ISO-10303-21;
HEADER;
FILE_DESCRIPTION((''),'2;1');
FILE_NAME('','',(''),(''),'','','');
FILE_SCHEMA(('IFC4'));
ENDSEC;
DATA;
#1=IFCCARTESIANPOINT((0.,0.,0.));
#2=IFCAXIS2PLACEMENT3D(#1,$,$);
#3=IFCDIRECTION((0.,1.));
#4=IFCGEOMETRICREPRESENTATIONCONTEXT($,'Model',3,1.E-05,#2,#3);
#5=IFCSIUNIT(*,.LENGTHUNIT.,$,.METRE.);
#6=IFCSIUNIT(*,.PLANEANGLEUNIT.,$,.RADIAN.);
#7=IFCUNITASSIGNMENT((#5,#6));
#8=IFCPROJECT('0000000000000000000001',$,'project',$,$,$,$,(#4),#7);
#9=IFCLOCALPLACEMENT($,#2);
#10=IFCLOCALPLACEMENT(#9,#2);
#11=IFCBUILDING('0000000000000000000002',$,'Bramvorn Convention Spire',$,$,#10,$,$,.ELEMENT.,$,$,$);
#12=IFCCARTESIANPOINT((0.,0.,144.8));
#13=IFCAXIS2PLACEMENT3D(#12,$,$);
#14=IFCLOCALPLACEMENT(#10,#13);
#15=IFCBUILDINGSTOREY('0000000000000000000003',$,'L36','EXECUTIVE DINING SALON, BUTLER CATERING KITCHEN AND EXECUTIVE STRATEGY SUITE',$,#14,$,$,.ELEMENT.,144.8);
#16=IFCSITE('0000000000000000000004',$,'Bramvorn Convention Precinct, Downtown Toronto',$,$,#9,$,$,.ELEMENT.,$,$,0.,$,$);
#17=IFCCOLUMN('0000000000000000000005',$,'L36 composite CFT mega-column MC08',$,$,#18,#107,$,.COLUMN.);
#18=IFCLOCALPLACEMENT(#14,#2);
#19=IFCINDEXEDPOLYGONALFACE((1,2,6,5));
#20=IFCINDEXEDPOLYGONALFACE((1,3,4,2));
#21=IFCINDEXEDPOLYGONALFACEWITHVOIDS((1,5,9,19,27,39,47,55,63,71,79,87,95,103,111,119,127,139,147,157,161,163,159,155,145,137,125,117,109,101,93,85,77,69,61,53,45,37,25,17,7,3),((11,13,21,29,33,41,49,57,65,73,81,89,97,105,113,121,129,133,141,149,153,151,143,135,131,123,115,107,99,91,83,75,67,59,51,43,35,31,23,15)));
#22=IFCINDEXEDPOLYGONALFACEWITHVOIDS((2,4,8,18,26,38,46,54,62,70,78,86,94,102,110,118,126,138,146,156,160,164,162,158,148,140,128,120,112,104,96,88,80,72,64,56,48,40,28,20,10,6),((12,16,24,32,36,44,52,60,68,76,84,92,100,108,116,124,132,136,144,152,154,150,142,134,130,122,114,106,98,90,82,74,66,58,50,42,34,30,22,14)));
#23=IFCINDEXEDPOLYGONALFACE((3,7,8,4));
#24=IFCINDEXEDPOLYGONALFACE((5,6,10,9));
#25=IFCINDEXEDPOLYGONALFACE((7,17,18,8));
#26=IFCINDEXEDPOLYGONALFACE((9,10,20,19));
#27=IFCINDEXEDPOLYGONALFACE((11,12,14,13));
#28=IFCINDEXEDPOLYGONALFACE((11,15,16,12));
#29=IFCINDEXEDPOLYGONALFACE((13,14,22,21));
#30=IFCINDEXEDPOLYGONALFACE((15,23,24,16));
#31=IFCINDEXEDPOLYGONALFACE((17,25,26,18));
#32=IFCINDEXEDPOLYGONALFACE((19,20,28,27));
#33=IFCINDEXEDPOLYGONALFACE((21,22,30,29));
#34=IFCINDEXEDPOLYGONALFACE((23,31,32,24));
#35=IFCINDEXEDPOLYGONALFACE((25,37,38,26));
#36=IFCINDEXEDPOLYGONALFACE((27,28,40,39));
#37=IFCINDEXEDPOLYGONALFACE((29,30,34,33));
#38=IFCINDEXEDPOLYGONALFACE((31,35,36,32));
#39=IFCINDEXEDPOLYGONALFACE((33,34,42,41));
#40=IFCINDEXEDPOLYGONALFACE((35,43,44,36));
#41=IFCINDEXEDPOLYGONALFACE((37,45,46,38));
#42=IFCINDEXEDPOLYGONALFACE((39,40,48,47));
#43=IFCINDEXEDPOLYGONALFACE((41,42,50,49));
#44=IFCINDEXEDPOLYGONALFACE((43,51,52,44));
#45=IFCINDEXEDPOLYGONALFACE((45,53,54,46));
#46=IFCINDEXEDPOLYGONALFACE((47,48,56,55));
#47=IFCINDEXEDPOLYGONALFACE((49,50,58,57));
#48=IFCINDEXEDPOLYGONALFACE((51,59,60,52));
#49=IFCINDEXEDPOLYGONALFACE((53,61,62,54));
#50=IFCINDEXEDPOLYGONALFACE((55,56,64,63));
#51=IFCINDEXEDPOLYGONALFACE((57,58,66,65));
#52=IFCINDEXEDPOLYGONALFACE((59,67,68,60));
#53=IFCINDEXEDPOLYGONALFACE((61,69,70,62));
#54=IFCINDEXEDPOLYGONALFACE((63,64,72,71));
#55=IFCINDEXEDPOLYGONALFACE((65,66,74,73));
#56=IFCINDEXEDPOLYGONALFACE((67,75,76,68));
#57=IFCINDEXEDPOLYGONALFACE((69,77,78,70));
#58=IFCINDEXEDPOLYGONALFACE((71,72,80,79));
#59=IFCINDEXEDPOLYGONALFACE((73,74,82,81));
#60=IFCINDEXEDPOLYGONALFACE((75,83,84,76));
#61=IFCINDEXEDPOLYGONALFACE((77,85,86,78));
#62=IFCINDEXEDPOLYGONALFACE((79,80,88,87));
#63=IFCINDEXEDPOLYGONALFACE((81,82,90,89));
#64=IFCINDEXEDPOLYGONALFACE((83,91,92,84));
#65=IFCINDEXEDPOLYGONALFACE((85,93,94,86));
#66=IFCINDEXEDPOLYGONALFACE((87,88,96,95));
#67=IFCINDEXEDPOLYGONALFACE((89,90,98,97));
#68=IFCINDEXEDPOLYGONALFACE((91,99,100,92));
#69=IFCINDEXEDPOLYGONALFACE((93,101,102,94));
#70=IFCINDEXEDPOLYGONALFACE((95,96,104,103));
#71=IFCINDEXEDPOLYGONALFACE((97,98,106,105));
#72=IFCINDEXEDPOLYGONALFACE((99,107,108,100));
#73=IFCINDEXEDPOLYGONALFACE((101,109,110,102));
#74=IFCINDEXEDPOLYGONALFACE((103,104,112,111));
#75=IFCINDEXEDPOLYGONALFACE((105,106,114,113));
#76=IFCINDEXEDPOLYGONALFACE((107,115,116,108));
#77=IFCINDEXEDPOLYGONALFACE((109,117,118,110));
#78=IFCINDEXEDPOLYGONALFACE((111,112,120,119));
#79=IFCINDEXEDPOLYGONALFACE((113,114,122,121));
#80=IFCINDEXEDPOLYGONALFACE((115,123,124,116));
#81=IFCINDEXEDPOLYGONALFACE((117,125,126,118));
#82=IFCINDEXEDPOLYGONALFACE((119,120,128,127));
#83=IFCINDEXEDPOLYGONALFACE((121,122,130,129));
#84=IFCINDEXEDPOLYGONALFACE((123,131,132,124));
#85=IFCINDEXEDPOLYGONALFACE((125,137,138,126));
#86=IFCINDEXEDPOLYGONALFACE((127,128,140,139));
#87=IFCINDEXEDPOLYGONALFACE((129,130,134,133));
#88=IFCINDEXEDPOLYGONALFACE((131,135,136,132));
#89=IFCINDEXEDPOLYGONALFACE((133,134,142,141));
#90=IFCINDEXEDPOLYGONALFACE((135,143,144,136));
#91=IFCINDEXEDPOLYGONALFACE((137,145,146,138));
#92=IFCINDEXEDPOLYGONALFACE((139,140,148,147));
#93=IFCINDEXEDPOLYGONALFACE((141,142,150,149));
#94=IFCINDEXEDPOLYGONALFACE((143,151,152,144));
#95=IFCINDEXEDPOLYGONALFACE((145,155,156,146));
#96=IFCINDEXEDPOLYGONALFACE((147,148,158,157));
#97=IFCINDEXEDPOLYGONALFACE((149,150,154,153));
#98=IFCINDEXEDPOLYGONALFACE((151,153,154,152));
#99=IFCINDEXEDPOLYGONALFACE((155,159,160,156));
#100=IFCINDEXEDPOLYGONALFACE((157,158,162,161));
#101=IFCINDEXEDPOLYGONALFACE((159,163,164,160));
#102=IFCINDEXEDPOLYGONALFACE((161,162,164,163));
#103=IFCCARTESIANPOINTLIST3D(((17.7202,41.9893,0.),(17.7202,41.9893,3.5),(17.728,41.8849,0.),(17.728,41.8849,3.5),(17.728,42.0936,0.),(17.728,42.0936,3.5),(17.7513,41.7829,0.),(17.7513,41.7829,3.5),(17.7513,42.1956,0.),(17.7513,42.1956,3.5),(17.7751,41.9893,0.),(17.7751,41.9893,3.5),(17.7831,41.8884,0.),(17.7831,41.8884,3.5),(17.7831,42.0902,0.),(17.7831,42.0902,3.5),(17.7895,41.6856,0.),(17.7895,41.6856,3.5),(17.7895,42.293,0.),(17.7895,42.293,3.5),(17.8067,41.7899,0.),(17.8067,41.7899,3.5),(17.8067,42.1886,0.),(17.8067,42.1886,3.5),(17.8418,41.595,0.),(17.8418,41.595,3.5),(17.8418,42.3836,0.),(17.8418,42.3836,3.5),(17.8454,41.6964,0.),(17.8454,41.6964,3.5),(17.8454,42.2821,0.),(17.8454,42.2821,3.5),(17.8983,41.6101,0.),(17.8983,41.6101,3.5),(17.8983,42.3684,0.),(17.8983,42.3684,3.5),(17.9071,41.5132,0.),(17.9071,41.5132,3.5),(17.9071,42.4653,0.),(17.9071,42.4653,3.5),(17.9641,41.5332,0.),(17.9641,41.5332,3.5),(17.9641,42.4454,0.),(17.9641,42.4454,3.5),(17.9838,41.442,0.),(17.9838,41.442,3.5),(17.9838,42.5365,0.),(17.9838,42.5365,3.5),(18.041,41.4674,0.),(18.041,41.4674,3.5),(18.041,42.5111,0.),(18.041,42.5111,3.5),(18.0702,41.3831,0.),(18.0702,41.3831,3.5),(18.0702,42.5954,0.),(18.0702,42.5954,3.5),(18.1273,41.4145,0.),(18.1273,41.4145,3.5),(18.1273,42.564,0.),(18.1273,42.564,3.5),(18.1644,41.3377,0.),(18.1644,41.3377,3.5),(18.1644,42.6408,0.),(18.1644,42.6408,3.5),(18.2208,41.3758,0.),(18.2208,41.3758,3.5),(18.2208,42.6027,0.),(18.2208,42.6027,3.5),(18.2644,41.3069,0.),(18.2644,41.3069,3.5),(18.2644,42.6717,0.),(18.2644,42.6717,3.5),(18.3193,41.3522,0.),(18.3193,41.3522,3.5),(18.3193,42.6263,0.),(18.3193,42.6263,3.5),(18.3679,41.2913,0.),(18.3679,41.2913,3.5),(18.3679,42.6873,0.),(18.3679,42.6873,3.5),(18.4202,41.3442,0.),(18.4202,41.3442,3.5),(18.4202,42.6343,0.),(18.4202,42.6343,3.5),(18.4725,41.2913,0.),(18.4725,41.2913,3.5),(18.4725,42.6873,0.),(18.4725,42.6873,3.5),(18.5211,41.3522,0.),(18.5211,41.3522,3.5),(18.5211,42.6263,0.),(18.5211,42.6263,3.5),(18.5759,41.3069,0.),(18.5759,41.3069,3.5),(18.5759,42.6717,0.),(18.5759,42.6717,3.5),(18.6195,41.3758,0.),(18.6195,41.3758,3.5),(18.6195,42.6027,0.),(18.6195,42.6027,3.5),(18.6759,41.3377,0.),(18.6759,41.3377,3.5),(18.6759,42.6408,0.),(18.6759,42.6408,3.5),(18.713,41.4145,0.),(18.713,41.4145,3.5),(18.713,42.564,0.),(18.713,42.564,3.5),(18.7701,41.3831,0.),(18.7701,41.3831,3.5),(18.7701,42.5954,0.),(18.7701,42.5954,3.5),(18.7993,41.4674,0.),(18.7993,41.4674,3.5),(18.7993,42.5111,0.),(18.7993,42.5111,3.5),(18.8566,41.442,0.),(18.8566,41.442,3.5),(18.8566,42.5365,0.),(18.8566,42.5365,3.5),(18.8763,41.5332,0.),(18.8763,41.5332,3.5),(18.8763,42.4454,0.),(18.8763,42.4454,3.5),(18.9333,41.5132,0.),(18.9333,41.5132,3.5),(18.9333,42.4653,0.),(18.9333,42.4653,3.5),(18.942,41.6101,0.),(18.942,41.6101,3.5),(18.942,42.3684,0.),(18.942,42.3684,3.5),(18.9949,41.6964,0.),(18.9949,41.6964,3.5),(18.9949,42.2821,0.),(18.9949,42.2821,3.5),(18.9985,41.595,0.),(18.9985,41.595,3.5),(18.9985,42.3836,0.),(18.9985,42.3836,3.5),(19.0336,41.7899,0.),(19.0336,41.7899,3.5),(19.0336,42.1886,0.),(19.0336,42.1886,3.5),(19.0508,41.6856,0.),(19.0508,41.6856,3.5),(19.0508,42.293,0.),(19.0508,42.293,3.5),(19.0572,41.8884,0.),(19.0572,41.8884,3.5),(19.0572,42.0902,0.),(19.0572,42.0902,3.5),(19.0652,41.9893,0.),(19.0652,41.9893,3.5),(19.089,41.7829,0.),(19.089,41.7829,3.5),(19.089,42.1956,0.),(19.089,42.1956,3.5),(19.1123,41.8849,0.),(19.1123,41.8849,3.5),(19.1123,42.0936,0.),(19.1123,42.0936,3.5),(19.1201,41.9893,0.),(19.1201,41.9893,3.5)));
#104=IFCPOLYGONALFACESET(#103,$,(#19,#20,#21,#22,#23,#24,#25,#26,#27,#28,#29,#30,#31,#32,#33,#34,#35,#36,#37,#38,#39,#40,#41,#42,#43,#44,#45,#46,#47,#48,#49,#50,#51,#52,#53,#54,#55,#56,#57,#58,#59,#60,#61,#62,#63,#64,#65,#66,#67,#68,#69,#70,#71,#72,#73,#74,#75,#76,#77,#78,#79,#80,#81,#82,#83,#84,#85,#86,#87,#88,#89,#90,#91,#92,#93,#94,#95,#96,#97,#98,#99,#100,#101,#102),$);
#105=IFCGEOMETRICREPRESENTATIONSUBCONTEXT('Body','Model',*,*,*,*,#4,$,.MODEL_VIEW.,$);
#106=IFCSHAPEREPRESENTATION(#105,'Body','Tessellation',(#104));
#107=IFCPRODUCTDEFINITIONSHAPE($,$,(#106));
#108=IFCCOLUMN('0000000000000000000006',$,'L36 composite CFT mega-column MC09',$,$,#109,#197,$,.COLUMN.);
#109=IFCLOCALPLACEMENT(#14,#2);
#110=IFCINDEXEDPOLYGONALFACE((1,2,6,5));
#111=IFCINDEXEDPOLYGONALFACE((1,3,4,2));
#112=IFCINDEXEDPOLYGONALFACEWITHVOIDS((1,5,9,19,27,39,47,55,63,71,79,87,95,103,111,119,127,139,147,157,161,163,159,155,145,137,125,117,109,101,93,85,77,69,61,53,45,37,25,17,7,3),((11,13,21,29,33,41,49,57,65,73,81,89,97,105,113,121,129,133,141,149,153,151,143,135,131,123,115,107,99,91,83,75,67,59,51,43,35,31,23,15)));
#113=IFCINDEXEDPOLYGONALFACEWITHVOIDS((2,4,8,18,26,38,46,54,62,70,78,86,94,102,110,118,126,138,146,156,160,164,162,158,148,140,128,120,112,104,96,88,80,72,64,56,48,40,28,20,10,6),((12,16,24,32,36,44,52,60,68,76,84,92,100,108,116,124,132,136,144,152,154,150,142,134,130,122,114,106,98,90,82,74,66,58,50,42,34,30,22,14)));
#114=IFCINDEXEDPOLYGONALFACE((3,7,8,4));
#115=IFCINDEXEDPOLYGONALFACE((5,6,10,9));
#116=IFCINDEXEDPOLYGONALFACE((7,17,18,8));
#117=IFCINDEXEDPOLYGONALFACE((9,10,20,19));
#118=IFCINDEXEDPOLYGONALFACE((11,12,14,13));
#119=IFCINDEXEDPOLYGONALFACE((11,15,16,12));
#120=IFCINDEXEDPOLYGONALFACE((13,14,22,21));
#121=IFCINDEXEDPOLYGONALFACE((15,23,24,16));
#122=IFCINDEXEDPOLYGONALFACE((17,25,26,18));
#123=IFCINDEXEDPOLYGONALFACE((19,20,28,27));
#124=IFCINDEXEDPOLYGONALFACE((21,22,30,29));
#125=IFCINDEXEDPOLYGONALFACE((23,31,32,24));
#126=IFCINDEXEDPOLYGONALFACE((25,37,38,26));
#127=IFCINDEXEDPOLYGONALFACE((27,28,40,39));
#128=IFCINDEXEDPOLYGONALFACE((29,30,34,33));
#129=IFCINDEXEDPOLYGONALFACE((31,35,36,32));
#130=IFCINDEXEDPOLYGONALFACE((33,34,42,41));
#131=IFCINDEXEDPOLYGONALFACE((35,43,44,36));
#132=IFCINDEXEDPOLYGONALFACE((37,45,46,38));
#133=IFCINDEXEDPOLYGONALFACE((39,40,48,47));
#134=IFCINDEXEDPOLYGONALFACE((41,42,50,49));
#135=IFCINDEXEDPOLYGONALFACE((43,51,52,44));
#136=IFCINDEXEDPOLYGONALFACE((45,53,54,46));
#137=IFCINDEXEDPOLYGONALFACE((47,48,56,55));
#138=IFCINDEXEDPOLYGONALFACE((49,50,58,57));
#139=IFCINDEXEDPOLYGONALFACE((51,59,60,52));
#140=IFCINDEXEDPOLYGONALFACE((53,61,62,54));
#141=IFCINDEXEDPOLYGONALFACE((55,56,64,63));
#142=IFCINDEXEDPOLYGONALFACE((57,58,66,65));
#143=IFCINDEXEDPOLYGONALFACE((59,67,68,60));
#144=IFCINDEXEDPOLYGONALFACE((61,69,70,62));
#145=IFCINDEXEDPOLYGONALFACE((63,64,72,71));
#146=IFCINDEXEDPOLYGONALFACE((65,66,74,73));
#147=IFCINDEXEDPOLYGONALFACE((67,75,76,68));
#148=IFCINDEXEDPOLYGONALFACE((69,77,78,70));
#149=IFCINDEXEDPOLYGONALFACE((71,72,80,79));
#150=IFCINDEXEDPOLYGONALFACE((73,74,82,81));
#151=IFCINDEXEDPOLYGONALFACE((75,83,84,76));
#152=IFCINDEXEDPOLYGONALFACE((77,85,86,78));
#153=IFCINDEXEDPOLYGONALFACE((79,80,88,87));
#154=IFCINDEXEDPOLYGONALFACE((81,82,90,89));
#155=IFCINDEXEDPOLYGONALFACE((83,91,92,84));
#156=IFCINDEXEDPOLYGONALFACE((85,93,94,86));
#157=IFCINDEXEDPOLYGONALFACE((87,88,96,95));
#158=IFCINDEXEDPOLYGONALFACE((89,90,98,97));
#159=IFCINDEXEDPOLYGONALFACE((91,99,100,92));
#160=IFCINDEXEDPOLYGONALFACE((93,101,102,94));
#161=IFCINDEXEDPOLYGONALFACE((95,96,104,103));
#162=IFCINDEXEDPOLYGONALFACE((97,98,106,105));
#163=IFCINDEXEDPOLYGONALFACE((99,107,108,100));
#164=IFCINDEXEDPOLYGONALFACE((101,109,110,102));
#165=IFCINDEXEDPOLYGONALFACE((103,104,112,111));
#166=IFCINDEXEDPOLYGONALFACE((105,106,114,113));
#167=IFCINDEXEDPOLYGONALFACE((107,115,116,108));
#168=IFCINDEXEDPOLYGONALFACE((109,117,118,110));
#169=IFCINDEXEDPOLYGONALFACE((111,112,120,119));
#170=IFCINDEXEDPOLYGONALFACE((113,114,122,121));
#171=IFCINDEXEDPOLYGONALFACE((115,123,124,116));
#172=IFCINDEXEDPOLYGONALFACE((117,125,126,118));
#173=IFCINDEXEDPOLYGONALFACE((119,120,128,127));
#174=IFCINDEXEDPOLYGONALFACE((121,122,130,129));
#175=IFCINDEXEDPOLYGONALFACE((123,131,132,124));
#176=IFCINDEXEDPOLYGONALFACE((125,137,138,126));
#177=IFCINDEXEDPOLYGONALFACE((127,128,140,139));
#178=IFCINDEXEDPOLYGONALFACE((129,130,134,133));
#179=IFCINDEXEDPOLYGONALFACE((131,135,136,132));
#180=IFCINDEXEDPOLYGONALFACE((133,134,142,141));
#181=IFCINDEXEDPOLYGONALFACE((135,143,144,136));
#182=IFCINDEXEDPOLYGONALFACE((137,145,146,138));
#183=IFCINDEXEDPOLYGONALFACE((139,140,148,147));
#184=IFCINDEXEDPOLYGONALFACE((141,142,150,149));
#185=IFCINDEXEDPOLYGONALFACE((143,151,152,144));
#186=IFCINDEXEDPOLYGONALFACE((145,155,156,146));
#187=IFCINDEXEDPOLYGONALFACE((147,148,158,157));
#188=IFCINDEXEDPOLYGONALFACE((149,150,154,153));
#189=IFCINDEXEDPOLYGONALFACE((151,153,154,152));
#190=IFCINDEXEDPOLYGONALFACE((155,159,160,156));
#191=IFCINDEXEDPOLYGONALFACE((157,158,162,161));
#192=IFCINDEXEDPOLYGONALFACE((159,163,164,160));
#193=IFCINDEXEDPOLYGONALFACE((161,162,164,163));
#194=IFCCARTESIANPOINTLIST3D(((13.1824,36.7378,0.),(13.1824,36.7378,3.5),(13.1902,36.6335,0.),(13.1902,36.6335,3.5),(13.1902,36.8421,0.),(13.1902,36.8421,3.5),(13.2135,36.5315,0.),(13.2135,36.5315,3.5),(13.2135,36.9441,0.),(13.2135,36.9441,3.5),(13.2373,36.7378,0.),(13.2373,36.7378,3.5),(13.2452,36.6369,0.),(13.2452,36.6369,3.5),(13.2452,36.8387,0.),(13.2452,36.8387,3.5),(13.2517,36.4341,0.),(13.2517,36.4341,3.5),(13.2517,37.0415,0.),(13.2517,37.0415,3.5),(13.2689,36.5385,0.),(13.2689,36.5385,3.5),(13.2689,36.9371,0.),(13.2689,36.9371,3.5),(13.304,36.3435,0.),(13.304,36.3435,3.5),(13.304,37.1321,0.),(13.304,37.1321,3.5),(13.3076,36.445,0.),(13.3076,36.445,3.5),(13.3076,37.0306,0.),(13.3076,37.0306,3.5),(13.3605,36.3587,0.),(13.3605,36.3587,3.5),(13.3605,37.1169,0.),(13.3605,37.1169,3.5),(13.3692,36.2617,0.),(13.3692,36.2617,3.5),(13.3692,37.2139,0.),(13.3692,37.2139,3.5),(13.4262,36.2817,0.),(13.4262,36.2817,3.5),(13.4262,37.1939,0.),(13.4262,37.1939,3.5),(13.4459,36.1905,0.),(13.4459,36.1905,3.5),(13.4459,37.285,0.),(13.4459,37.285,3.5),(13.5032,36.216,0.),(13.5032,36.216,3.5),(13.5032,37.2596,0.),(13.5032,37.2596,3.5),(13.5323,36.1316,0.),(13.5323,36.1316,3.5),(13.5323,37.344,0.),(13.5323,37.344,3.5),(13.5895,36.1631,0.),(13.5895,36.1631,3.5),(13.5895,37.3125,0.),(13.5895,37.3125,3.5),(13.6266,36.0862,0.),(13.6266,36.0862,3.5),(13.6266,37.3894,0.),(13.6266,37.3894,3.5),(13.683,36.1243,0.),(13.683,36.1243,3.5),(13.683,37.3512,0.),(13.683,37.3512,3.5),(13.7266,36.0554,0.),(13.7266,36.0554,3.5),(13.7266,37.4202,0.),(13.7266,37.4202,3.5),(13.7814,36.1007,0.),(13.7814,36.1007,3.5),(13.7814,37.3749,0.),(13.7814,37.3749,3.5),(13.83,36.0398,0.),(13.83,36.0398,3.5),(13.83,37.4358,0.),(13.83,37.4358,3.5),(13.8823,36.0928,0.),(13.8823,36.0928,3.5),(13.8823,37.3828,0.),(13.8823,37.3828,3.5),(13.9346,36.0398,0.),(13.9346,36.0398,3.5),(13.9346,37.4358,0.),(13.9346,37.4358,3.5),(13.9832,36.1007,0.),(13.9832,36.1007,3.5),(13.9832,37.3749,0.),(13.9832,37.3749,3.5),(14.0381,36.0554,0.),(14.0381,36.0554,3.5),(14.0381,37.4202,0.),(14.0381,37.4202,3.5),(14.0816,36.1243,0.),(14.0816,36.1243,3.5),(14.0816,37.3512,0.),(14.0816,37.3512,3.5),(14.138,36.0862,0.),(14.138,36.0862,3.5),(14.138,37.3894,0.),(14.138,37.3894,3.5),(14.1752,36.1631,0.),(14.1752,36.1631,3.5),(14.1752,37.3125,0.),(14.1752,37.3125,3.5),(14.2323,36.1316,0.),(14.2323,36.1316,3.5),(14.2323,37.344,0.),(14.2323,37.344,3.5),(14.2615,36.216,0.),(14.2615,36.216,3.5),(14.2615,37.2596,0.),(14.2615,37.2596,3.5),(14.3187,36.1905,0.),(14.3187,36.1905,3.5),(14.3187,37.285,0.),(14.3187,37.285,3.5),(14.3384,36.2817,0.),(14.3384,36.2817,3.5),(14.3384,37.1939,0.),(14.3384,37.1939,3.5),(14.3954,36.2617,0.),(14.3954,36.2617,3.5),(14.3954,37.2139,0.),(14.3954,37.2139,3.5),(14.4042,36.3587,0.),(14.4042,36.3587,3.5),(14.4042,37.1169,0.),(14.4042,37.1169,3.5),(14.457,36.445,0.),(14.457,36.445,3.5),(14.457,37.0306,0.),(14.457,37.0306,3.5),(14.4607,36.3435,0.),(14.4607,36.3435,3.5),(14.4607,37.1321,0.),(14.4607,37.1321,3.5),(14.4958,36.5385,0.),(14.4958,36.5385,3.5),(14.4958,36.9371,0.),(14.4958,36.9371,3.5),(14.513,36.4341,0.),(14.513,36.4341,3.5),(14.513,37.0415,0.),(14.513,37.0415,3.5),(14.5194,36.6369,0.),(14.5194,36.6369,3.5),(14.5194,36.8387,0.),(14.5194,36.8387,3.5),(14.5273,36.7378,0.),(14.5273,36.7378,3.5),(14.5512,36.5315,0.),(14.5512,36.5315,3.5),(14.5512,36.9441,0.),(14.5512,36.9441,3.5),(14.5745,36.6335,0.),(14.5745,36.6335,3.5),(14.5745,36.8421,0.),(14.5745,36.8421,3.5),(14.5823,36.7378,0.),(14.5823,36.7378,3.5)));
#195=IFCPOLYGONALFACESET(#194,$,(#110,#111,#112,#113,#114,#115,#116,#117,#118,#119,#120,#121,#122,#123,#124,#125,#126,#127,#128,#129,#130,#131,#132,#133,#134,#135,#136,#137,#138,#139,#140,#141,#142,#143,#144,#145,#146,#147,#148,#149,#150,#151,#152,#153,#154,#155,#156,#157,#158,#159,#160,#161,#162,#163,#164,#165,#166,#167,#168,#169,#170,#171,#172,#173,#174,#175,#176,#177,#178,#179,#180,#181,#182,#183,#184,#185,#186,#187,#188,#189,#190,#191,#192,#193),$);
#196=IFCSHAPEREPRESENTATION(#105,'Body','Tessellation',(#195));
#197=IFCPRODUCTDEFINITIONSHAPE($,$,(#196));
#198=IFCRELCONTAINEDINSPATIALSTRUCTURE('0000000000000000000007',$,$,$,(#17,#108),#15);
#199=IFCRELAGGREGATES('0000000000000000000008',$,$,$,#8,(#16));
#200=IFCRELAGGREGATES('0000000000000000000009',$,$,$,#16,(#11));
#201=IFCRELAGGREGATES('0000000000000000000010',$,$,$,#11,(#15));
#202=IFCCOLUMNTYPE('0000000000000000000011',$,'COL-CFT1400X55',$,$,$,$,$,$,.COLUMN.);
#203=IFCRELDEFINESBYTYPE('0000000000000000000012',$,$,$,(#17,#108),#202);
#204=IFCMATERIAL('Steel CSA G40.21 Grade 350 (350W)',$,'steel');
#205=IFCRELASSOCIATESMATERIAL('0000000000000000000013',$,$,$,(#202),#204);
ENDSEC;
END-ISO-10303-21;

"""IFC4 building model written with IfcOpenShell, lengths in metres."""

from ifc_helpers import new_model, si_unit, direction, frame, origin, origin_2d, place, context, subcontext, project, spatial, hollow_circle, extrude, material, material_profile, profile_set, type_object, element, save


model = new_model("IFC4")

# Units and contexts
model_context = context("Model", 3, precision=1e-05, world=origin(), true_north=direction((0.0, 1.0)))
body_context = subcontext(model_context, "Body", "Model", "MODEL_VIEW")
ifc_project = project(units=[si_unit("LENGTHUNIT", "METRE"), si_unit("PLANEANGLEUNIT", "RADIAN")], contexts=[model_context])

# Site, building, storey
site_placement = place(None, origin())
site = spatial("IfcSite", under=ifc_project, at=site_placement, Name="Bramvorn Convention Precinct, Downtown Toronto", CompositionType="ELEMENT", RefElevation=0.0)
building_placement = place(site_placement, origin())
building = spatial("IfcBuilding", under=site, at=building_placement, Name="Bramvorn Convention Spire", CompositionType="ELEMENT")
storey_placement = place(building_placement, frame((0.0, 0.0, 144.8)))
storey = spatial("IfcBuildingStorey", under=building, at=storey_placement, Name="L36", Description="EXECUTIVE DINING SALON, BUTLER CATERING KITCHEN AND EXECUTIVE STRATEGY SUITE", CompositionType="ELEMENT", Elevation=144.8)

# Columns
ifc_material_1 = material(Name="Steel CSA G40.21 Grade 350 (350W)", Category="steel")
ifc_material_profile_1 = material_profile(ifc_material_1, hollow_circle(Radius=0.7, WallThickness=0.0549, at=origin_2d()))
ifc_profile_set_1 = profile_set([ifc_material_profile_1], Name="Steel CSA G40.21 Grade 350 (350W) - CFT1400X55")
column_type = type_object("IfcColumnType", Name="COL-CFT1400X55", PredefinedType="COLUMN", material=ifc_profile_set_1)
for number, where, z_axis, x_axis, name in (
    (1, (18.4202, 41.9893, 0.0), (0.0, 0.0, 1.0), (1.0, 0.0, 0.0), "L36 composite CFT mega-column MC08"),
    (2, (13.8823, 36.7378, 0.0), (0.0, 0.0, 1.0), (1.0, 0.0, 0.0), "L36 composite CFT mega-column MC09"),
):
    element("IfcColumn", number, at=place(storey_placement, frame(where, z_axis=z_axis, x_axis=x_axis)), inside=storey, type_object=column_type, Name=name, PredefinedType="COLUMN", context=body_context, shape_type="SweptSolid", body=[
        extrude(hollow_circle(Radius=0.7, WallThickness=0.0549, at=origin_2d()), origin(), (0.0, 0.0, 1.0), 3.5),
    ])

save(model, "model.ifc")
